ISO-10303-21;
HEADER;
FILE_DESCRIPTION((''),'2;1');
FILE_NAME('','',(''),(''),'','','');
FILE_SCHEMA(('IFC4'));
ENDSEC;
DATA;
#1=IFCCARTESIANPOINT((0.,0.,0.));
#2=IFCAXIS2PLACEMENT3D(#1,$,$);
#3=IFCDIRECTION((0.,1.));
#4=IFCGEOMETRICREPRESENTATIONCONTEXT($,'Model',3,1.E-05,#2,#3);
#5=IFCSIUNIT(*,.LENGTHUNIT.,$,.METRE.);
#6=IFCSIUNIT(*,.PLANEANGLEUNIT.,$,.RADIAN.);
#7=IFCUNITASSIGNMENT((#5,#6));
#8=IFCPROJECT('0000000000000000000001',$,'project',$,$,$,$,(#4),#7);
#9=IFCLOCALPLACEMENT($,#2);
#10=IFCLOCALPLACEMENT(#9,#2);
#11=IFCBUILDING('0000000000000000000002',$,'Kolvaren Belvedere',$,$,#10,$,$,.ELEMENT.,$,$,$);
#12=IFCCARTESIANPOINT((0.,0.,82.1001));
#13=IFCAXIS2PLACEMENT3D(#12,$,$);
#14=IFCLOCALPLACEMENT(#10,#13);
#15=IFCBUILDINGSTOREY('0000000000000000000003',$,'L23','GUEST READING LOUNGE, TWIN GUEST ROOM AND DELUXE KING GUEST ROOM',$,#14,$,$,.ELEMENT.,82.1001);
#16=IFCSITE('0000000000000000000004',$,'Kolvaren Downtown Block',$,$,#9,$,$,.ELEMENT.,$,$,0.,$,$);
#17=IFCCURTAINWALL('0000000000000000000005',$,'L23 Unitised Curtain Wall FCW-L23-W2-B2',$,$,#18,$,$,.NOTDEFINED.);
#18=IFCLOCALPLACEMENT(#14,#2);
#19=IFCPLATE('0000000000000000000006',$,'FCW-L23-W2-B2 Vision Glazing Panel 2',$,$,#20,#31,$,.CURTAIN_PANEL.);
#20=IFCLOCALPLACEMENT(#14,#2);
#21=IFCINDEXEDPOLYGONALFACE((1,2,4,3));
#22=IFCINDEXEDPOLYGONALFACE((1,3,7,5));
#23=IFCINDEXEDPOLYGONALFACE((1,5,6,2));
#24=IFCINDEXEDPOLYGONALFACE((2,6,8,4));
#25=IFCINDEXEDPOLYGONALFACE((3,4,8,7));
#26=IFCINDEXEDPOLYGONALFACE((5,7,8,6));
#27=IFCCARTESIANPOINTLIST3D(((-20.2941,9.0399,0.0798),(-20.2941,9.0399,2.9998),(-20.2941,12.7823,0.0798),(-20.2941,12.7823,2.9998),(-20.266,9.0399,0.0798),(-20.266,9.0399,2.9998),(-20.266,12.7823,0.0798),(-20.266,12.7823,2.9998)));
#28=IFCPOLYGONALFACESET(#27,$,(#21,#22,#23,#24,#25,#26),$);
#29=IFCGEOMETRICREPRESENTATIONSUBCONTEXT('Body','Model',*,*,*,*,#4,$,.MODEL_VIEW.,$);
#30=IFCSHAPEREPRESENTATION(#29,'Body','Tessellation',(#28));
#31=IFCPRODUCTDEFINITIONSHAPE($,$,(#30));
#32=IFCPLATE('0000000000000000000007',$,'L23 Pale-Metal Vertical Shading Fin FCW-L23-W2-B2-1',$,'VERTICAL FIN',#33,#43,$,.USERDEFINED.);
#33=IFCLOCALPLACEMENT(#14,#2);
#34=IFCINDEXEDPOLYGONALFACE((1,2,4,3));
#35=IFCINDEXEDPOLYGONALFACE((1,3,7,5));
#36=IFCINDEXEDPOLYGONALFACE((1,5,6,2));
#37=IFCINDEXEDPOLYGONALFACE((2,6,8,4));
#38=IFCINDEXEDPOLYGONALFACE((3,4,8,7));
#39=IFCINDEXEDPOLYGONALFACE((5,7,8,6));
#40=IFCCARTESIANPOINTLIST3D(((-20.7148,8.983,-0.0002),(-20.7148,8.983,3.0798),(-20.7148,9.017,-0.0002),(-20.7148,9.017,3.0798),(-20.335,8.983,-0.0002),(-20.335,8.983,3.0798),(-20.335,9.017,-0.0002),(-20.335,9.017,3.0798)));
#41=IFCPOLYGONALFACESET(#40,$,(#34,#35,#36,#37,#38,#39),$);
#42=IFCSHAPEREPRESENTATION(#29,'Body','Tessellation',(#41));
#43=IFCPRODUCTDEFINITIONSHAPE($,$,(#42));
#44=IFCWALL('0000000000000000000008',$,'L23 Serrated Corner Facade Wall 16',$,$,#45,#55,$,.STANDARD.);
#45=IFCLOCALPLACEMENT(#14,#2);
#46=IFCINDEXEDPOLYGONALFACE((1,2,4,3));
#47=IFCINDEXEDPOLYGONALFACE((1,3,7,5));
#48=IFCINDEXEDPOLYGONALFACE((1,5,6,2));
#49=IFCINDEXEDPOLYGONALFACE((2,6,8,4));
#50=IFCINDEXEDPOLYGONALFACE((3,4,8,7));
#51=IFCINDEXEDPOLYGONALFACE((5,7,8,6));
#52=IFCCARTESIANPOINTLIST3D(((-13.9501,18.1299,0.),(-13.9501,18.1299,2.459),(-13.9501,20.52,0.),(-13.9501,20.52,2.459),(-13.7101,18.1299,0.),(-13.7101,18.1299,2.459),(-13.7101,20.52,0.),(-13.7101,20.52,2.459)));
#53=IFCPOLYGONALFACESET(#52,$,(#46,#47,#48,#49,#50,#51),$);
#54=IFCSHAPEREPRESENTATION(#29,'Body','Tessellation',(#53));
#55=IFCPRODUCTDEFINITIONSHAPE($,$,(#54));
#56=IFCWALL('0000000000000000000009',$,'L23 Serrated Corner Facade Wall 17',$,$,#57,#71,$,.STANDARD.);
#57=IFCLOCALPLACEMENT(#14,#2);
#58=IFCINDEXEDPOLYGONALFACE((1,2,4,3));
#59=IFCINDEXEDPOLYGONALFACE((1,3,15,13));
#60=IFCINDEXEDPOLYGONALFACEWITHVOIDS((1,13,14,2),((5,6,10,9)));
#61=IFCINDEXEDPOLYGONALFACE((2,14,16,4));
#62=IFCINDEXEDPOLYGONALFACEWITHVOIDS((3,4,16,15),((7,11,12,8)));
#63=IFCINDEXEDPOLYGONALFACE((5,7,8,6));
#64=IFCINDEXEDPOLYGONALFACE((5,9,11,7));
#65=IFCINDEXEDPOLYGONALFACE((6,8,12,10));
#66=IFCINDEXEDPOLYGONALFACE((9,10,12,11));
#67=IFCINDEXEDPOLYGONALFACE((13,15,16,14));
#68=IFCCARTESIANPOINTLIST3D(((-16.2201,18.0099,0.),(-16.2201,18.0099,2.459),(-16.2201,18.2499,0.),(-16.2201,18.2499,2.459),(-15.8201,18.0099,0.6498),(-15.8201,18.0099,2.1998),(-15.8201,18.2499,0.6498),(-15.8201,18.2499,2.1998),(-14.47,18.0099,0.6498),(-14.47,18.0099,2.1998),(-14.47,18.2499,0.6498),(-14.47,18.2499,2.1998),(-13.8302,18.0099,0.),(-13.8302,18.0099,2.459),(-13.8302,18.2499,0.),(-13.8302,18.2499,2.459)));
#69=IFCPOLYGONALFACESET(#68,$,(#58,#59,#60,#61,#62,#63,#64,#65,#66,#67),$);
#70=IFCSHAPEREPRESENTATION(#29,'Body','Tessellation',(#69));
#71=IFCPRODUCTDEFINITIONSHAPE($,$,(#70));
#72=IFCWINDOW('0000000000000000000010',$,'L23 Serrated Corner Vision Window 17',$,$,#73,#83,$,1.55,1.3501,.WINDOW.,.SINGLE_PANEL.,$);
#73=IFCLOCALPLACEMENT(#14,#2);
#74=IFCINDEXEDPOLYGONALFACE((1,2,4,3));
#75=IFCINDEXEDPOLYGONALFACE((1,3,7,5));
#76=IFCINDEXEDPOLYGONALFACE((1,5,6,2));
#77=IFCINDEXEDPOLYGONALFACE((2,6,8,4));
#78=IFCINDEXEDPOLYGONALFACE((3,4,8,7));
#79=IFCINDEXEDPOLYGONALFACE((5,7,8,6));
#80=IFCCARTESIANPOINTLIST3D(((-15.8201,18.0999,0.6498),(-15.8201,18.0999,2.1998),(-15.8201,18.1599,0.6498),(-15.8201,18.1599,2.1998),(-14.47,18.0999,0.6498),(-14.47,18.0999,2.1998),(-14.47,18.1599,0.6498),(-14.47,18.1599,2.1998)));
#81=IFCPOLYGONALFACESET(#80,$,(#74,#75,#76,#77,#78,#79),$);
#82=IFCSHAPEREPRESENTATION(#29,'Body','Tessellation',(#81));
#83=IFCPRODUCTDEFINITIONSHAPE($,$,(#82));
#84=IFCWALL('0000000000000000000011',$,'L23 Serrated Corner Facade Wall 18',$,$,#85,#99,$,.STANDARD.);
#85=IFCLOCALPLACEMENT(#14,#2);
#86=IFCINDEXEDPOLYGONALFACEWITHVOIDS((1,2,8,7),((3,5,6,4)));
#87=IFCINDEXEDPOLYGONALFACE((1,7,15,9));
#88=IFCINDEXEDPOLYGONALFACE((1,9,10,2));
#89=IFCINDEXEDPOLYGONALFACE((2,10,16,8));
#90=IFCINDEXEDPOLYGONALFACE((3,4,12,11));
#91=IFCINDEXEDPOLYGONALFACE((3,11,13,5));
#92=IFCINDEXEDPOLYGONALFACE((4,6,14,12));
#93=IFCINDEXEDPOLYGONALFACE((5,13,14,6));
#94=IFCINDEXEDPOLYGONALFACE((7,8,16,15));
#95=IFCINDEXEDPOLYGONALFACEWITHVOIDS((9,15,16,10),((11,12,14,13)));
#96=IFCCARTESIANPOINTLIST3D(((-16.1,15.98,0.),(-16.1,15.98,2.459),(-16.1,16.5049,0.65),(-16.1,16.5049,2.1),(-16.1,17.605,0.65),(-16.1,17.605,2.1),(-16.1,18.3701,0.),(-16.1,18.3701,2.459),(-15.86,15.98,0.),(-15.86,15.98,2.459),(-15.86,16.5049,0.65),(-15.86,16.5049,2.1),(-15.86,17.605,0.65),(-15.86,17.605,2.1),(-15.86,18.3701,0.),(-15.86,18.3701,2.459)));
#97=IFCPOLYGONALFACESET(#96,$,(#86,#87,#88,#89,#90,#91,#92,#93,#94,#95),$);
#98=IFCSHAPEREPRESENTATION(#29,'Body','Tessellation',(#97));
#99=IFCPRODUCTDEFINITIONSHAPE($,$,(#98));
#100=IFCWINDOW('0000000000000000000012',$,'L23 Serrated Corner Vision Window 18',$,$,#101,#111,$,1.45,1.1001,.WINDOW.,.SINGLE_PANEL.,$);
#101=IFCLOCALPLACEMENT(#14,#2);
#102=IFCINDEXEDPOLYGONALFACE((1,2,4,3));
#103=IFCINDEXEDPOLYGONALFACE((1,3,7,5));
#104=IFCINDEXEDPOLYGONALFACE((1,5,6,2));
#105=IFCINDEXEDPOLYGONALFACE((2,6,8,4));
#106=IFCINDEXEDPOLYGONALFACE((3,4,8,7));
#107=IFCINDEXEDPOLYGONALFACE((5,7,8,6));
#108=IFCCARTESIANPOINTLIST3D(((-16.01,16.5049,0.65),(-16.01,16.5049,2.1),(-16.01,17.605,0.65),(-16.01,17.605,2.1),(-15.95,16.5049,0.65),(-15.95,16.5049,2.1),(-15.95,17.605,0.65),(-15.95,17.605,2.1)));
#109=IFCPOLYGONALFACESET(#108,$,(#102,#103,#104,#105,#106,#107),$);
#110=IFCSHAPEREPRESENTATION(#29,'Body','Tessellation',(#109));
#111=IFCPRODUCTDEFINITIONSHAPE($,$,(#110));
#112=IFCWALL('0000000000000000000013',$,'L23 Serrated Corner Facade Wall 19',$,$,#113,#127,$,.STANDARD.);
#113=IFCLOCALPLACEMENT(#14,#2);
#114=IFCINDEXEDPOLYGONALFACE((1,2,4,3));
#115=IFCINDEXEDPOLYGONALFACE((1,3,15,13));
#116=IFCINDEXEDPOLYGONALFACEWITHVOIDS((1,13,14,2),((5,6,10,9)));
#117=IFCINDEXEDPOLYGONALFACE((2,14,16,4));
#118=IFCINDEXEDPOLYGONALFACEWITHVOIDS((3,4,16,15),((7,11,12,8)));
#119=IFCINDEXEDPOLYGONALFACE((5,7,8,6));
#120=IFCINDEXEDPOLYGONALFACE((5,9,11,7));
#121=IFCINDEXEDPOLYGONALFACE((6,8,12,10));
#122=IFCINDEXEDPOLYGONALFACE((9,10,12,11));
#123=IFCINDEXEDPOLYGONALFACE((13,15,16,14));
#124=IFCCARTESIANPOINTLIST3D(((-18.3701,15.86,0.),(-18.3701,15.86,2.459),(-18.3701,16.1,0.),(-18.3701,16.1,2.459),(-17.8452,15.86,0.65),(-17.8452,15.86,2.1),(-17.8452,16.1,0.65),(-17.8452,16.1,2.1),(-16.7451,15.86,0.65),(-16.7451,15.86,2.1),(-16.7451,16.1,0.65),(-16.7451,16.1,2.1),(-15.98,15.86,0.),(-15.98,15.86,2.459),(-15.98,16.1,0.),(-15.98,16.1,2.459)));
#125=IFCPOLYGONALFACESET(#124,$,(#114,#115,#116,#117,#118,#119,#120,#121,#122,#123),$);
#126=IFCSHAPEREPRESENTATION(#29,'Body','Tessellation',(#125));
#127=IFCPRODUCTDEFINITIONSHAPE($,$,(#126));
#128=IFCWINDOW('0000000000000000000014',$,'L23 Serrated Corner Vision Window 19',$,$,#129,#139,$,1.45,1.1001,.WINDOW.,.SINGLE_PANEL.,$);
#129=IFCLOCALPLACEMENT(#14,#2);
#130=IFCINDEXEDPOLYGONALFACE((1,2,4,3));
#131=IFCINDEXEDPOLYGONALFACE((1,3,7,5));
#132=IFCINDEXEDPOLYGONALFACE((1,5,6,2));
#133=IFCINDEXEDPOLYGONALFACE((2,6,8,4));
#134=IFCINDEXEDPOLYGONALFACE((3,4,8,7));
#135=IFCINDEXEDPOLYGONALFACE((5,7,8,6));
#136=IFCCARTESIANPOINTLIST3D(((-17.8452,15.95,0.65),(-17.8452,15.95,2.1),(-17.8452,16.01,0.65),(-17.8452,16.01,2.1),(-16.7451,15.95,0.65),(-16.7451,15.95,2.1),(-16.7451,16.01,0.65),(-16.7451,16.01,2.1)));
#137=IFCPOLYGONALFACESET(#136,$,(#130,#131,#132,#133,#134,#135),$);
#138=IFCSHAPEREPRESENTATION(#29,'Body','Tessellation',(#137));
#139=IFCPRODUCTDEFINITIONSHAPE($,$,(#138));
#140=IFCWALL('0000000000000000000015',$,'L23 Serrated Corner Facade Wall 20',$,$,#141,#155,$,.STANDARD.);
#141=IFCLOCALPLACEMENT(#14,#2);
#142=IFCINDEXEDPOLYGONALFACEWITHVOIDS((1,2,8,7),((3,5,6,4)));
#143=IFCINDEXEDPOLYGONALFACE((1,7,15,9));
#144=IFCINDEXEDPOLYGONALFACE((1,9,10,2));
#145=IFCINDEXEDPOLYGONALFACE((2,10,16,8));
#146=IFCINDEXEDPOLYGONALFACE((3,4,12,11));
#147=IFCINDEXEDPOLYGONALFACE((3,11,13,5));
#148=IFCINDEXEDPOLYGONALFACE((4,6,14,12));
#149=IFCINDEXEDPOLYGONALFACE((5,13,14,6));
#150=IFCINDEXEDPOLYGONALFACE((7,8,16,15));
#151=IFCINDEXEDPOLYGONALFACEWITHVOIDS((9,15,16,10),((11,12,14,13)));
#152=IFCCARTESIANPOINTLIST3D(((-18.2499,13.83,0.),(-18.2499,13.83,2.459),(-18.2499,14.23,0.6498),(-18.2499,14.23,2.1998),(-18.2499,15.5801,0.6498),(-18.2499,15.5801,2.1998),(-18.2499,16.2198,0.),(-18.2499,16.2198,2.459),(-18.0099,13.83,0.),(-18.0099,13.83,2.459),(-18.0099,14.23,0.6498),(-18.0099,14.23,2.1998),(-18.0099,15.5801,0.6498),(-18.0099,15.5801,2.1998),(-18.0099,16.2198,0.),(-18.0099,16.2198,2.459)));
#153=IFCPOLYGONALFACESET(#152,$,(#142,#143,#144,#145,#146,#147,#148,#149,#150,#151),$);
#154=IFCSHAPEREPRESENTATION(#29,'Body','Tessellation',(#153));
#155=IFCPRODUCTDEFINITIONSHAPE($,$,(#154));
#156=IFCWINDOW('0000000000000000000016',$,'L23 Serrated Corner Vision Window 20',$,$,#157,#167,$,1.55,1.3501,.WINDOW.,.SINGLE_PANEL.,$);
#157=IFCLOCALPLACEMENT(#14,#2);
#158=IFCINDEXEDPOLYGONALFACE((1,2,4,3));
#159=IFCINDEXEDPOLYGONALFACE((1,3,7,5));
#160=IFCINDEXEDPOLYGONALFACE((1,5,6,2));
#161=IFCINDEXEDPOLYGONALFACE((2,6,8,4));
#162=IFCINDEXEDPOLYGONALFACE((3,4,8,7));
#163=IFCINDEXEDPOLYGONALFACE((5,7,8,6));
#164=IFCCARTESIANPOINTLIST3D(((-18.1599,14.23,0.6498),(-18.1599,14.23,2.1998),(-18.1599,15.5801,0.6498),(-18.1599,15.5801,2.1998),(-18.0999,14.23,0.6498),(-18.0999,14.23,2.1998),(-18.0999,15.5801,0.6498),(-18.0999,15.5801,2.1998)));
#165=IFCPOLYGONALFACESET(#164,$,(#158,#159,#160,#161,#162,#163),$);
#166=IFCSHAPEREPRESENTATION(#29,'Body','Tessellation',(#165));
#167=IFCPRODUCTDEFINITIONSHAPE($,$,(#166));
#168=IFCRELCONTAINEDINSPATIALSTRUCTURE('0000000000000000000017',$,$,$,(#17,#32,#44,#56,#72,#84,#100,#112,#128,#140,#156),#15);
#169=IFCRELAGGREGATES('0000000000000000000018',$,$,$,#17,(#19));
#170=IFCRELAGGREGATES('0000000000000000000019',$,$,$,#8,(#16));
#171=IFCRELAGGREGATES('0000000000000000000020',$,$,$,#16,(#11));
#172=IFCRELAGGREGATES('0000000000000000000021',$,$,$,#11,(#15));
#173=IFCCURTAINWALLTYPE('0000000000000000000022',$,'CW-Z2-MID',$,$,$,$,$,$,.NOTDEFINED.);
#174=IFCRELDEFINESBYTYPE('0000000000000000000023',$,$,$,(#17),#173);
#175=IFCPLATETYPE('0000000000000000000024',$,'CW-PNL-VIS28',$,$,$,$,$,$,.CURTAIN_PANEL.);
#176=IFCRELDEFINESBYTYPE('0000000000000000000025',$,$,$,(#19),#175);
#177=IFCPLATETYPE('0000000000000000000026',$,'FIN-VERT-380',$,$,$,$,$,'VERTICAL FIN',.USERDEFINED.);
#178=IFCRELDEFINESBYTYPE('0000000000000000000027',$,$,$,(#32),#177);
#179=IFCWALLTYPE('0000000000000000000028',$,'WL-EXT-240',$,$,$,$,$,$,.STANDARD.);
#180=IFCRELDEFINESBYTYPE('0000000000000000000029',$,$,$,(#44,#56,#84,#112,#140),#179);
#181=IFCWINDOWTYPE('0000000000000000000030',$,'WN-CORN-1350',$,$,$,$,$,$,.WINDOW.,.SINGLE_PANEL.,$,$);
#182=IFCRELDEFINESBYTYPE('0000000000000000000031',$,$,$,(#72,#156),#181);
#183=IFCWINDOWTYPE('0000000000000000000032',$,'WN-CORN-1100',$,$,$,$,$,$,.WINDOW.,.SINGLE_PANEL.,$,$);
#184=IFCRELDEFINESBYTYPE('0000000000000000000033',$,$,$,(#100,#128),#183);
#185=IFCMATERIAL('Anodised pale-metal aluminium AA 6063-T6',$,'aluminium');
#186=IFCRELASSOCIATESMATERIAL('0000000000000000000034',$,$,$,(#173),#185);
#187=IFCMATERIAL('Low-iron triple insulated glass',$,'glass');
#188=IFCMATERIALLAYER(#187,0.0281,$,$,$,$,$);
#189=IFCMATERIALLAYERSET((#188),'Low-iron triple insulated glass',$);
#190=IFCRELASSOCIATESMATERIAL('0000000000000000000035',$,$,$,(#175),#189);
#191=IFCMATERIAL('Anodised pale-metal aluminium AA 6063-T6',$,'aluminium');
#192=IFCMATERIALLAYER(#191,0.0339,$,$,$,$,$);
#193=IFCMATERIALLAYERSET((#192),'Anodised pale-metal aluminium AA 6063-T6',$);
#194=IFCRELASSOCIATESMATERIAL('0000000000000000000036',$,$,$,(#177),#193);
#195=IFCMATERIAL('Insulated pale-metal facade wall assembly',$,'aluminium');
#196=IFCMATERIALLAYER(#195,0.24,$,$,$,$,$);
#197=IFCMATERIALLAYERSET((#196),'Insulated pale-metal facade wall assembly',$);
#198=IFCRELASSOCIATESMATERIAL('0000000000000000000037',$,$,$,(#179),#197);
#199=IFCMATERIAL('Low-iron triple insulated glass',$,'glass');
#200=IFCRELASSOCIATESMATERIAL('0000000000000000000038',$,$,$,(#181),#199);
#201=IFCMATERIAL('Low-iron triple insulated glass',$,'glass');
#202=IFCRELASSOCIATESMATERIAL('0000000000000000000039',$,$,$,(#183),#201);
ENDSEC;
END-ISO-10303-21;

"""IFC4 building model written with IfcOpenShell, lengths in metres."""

from ifc_helpers import new_model, si_unit, direction, frame, frame_2d, origin, origin_2d, place, context, subcontext, project, spatial, rectangle, extrude, material, layer, layer_set, type_object, element, fill, aggregate, save


model = new_model("IFC4")

# Units and contexts
model_context = context("Model", 3, precision=1e-05, world=origin(), true_north=direction((0.0, 1.0)))
body_context = subcontext(model_context, "Body", "Model", "MODEL_VIEW")
ifc_project = project(units=[si_unit("LENGTHUNIT", "METRE"), si_unit("PLANEANGLEUNIT", "RADIAN")], contexts=[model_context])

# Site, building, storey
site_placement = place(None, origin())
site = spatial("IfcSite", under=ifc_project, at=site_placement, Name="Kolvaren Downtown Block", CompositionType="ELEMENT", RefElevation=0.0)
building_placement = place(site_placement, origin())
building = spatial("IfcBuilding", under=site, at=building_placement, Name="Kolvaren Belvedere", CompositionType="ELEMENT")
storey_placement = place(building_placement, frame((0.0, 0.0, 82.1001)))
storey = spatial("IfcBuildingStorey", under=building, at=storey_placement, Name="L23", Description="GUEST READING LOUNGE, TWIN GUEST ROOM AND DELUXE KING GUEST ROOM", CompositionType="ELEMENT", Elevation=82.1001)

# Shared definitions
ifc_material_1 = material(Name="Anodised pale-metal aluminium AA 6063-T6", Category="aluminium")
curtain_wall_type = type_object("IfcCurtainWallType", Name="CW-Z2-MID", PredefinedType="NOTDEFINED", material=ifc_material_1)

# Curtain wall, plate
curtain_wall_1_placement = place(storey_placement, origin())
curtain_wall_1 = element("IfcCurtainWall", 1, at=curtain_wall_1_placement, inside=storey, type_object=curtain_wall_type, Name="L23 Unitised Curtain Wall FCW-L23-W2-B2", PredefinedType="NOTDEFINED")
ifc_material_2 = material(Name="Low-iron triple insulated glass", Category="glass")
ifc_layer_1 = layer(ifc_material_2, 0.0281)
ifc_layer_set_1 = layer_set([ifc_layer_1], Name="Low-iron triple insulated glass")
plate_type_1 = type_object("IfcPlateType", Name="CW-PNL-VIS28", PredefinedType="CURTAIN_PANEL", material=ifc_layer_set_1)
plate_1_placement = place(storey_placement, frame((-20.28, 10.9111, 0.0798), z_axis=(0.0, 0.0, 1.0), x_axis=(0.0, 1.0, 0.0)))
plate_1 = element("IfcPlate", 2, at=plate_1_placement, type_object=plate_type_1, Name="FCW-L23-W2-B2 Vision Glazing Panel 2", PredefinedType="CURTAIN_PANEL", context=body_context, shape_type="SweptSolid", body=[
    extrude(rectangle(XDim=3.7424, YDim=0.0281, at=origin_2d()), origin(), (0.0, 0.0, 1.0), 2.9199),
])
aggregate(curtain_wall_1, [plate_1])

# Plate
ifc_material_3 = material(Name="Anodised pale-metal aluminium AA 6063-T6", Category="aluminium")
ifc_layer_2 = layer(ifc_material_3, 0.0339)
ifc_layer_set_2 = layer_set([ifc_layer_2], Name="Anodised pale-metal aluminium AA 6063-T6")
plate_type_2 = type_object("IfcPlateType", Name="FIN-VERT-380", ElementType="VERTICAL FIN", PredefinedType="USERDEFINED", material=ifc_layer_set_2)
plate_2_placement = place(storey_placement, frame((-20.5249, 9.0, -0.0002), z_axis=(0.0, 0.0, 1.0), x_axis=(1.0, 0.0, 0.0)))
element("IfcPlate", 3, at=plate_2_placement, inside=storey, type_object=plate_type_2, Name="L23 Pale-Metal Vertical Shading Fin FCW-L23-W2-B2-1", ObjectType="VERTICAL FIN", PredefinedType="USERDEFINED", context=body_context, shape_type="SweptSolid", body=[
    extrude(rectangle(XDim=0.3799, YDim=0.0339, at=origin_2d()), origin(), (0.0, 0.0, 1.0), 3.0801),
])

# Wall
ifc_material_4 = material(Name="Insulated pale-metal facade wall assembly", Category="aluminium")
ifc_layer_3 = layer(ifc_material_4, 0.24)
ifc_layer_set_3 = layer_set([ifc_layer_3], Name="Insulated pale-metal facade wall assembly")
wall_type_1 = type_object("IfcWallType", Name="WL-EXT-240", PredefinedType="STANDARD", material=ifc_layer_set_3)
wall_1_placement = place(storey_placement, frame((-13.8301, 18.1299, 0.0), z_axis=(0.0, 0.0, 1.0), x_axis=(0.0, 1.0, 0.0)))
element("IfcWall", 4, at=wall_1_placement, inside=storey, type_object=wall_type_1, Name="L23 Serrated Corner Facade Wall 16", PredefinedType="STANDARD", context=body_context, shape_type="SweptSolid", body=[
    extrude(rectangle(XDim=2.3901, YDim=0.24, at=frame_2d((1.1951, 0.0))), origin(), (0.0, 0.0, 1.0), 2.459),
])

# Walls, openings, windows
wall_2_placement = place(storey_placement, frame((-16.22, 18.1299, 0.0), z_axis=(0.0, 0.0, 1.0), x_axis=(1.0, 0.0, 0.0)))
wall_2 = element("IfcWall", 5, at=wall_2_placement, inside=storey, type_object=wall_type_1, Name="L23 Serrated Corner Facade Wall 17", PredefinedType="STANDARD", context=body_context, shape_type="SweptSolid", body=[
    extrude(rectangle(XDim=2.3899, YDim=0.24, at=frame_2d((1.1948, 0.0))), origin(), (0.0, 0.0, 1.0), 2.459),
])
opening_1_placement = place(wall_2_placement, frame((0.3999, 0.0, 0.6499)))
opening_1 = element("IfcOpeningElement", 6, at=opening_1_placement, cuts=wall_2, PredefinedType="OPENING", context=body_context, shape_type="SweptSolid", body=[
    extrude(rectangle(XDim=1.3501, YDim=1.55, at=frame_2d((0.675, 0.7749))), frame((0.0, 0.1299, 0.0), z_axis=(0.0, -1.0, 0.0), x_axis=(1.0, 0.0, 0.0)), (0.0, 0.0, 1.0), 0.26),
])
ifc_material_5 = material(Name="Low-iron triple insulated glass", Category="glass")
window_type_1 = type_object("IfcWindowType", Name="WN-CORN-1350", PartitioningType="SINGLE_PANEL", PredefinedType="WINDOW", material=ifc_material_5)
window_1_placement = place(opening_1_placement, origin())
window_1 = element("IfcWindow", 7, at=window_1_placement, inside=storey, type_object=window_type_1, Name="L23 Serrated Corner Vision Window 17", OverallHeight=1.55, OverallWidth=1.3501, PartitioningType="SINGLE_PANEL", PredefinedType="WINDOW", context=body_context, shape_type="SweptSolid", body=[
    extrude(rectangle(XDim=1.3501, YDim=1.55, at=frame_2d((0.675, 0.7749))), frame((0.0, 0.03, 0.0), z_axis=(0.0, -1.0, 0.0), x_axis=(1.0, 0.0, 0.0)), (0.0, 0.0, 1.0), 0.0601),
])
fill(opening_1, window_1)
wall_3_placement = place(storey_placement, frame((-15.98, 15.98, 0.0), z_axis=(0.0, 0.0, 1.0), x_axis=(0.0, 1.0, 0.0)))
wall_3 = element("IfcWall", 8, at=wall_3_placement, inside=storey, type_object=wall_type_1, Name="L23 Serrated Corner Facade Wall 18", PredefinedType="STANDARD", context=body_context, shape_type="SweptSolid", body=[
    extrude(rectangle(XDim=2.3901, YDim=0.24, at=frame_2d((1.1951, 0.0))), origin(), (0.0, 0.0, 1.0), 2.459),
])
opening_2_placement = place(wall_3_placement, frame((0.5249, 0.0, 0.6499)))
opening_2 = element("IfcOpeningElement", 9, at=opening_2_placement, cuts=wall_3, PredefinedType="OPENING", context=body_context, shape_type="SweptSolid", body=[
    extrude(rectangle(XDim=1.1001, YDim=1.45, at=frame_2d((0.55, 0.7251))), frame((0.0, 0.1299, 0.0), z_axis=(0.0, -1.0, 0.0), x_axis=(1.0, 0.0, 0.0)), (0.0, 0.0, 1.0), 0.26),
])
ifc_material_6 = material(Name="Low-iron triple insulated glass", Category="glass")
window_type_2 = type_object("IfcWindowType", Name="WN-CORN-1100", PartitioningType="SINGLE_PANEL", PredefinedType="WINDOW", material=ifc_material_6)
window_2_placement = place(opening_2_placement, origin())
window_2 = element("IfcWindow", 10, at=window_2_placement, inside=storey, type_object=window_type_2, Name="L23 Serrated Corner Vision Window 18", OverallHeight=1.45, OverallWidth=1.1001, PartitioningType="SINGLE_PANEL", PredefinedType="WINDOW", context=body_context, shape_type="SweptSolid", body=[
    extrude(rectangle(XDim=1.1001, YDim=1.45, at=frame_2d((0.55, 0.7251))), frame((0.0, 0.03, 0.0), z_axis=(0.0, -1.0, 0.0), x_axis=(1.0, 0.0, 0.0)), (0.0, 0.0, 1.0), 0.0601),
])
fill(opening_2, window_2)
wall_4_placement = place(storey_placement, frame((-18.3701, 15.98, 0.0), z_axis=(0.0, 0.0, 1.0), x_axis=(1.0, 0.0, 0.0)))
wall_4 = element("IfcWall", 11, at=wall_4_placement, inside=storey, type_object=wall_type_1, Name="L23 Serrated Corner Facade Wall 19", PredefinedType="STANDARD", context=body_context, shape_type="SweptSolid", body=[
    extrude(rectangle(XDim=2.3901, YDim=0.24, at=frame_2d((1.1951, 0.0))), origin(), (0.0, 0.0, 1.0), 2.459),
])
opening_3_placement = place(wall_4_placement, frame((0.5249, 0.0, 0.6499)))
opening_3 = element("IfcOpeningElement", 12, at=opening_3_placement, cuts=wall_4, PredefinedType="OPENING", context=body_context, shape_type="SweptSolid", body=[
    extrude(rectangle(XDim=1.1001, YDim=1.45, at=frame_2d((0.55, 0.7251))), frame((0.0, 0.1299, 0.0), z_axis=(0.0, -1.0, 0.0), x_axis=(1.0, 0.0, 0.0)), (0.0, 0.0, 1.0), 0.26),
])
window_3_placement = place(opening_3_placement, origin())
window_3 = element("IfcWindow", 13, at=window_3_placement, inside=storey, type_object=window_type_2, Name="L23 Serrated Corner Vision Window 19", OverallHeight=1.45, OverallWidth=1.1001, PartitioningType="SINGLE_PANEL", PredefinedType="WINDOW", context=body_context, shape_type="SweptSolid", body=[
    extrude(rectangle(XDim=1.1001, YDim=1.45, at=frame_2d((0.55, 0.7251))), frame((0.0, 0.03, 0.0), z_axis=(0.0, -1.0, 0.0), x_axis=(1.0, 0.0, 0.0)), (0.0, 0.0, 1.0), 0.0601),
])
fill(opening_3, window_3)
wall_5_placement = place(storey_placement, frame((-18.1299, 13.8301, 0.0), z_axis=(0.0, 0.0, 1.0), x_axis=(0.0, 1.0, 0.0)))
wall_5 = element("IfcWall", 14, at=wall_5_placement, inside=storey, type_object=wall_type_1, Name="L23 Serrated Corner Facade Wall 20", PredefinedType="STANDARD", context=body_context, shape_type="SweptSolid", body=[
    extrude(rectangle(XDim=2.3899, YDim=0.24, at=frame_2d((1.1948, 0.0))), origin(), (0.0, 0.0, 1.0), 2.459),
])
opening_4_placement = place(wall_5_placement, frame((0.3999, 0.0, 0.6499)))
opening_4 = element("IfcOpeningElement", 15, at=opening_4_placement, cuts=wall_5, PredefinedType="OPENING", context=body_context, shape_type="SweptSolid", body=[
    extrude(rectangle(XDim=1.3501, YDim=1.55, at=frame_2d((0.675, 0.7749))), frame((0.0, 0.1299, 0.0), z_axis=(0.0, -1.0, 0.0), x_axis=(1.0, 0.0, 0.0)), (0.0, 0.0, 1.0), 0.26),
])
window_4_placement = place(opening_4_placement, origin())
window_4 = element("IfcWindow", 16, at=window_4_placement, inside=storey, type_object=window_type_1, Name="L23 Serrated Corner Vision Window 20", OverallHeight=1.55, OverallWidth=1.3501, PartitioningType="SINGLE_PANEL", PredefinedType="WINDOW", context=body_context, shape_type="SweptSolid", body=[
    extrude(rectangle(XDim=1.3501, YDim=1.55, at=frame_2d((0.675, 0.7749))), frame((0.0, 0.03, 0.0), z_axis=(0.0, -1.0, 0.0), x_axis=(1.0, 0.0, 0.0)), (0.0, 0.0, 1.0), 0.0601),
])
fill(opening_4, window_4)

save(model, "model.ifc")
